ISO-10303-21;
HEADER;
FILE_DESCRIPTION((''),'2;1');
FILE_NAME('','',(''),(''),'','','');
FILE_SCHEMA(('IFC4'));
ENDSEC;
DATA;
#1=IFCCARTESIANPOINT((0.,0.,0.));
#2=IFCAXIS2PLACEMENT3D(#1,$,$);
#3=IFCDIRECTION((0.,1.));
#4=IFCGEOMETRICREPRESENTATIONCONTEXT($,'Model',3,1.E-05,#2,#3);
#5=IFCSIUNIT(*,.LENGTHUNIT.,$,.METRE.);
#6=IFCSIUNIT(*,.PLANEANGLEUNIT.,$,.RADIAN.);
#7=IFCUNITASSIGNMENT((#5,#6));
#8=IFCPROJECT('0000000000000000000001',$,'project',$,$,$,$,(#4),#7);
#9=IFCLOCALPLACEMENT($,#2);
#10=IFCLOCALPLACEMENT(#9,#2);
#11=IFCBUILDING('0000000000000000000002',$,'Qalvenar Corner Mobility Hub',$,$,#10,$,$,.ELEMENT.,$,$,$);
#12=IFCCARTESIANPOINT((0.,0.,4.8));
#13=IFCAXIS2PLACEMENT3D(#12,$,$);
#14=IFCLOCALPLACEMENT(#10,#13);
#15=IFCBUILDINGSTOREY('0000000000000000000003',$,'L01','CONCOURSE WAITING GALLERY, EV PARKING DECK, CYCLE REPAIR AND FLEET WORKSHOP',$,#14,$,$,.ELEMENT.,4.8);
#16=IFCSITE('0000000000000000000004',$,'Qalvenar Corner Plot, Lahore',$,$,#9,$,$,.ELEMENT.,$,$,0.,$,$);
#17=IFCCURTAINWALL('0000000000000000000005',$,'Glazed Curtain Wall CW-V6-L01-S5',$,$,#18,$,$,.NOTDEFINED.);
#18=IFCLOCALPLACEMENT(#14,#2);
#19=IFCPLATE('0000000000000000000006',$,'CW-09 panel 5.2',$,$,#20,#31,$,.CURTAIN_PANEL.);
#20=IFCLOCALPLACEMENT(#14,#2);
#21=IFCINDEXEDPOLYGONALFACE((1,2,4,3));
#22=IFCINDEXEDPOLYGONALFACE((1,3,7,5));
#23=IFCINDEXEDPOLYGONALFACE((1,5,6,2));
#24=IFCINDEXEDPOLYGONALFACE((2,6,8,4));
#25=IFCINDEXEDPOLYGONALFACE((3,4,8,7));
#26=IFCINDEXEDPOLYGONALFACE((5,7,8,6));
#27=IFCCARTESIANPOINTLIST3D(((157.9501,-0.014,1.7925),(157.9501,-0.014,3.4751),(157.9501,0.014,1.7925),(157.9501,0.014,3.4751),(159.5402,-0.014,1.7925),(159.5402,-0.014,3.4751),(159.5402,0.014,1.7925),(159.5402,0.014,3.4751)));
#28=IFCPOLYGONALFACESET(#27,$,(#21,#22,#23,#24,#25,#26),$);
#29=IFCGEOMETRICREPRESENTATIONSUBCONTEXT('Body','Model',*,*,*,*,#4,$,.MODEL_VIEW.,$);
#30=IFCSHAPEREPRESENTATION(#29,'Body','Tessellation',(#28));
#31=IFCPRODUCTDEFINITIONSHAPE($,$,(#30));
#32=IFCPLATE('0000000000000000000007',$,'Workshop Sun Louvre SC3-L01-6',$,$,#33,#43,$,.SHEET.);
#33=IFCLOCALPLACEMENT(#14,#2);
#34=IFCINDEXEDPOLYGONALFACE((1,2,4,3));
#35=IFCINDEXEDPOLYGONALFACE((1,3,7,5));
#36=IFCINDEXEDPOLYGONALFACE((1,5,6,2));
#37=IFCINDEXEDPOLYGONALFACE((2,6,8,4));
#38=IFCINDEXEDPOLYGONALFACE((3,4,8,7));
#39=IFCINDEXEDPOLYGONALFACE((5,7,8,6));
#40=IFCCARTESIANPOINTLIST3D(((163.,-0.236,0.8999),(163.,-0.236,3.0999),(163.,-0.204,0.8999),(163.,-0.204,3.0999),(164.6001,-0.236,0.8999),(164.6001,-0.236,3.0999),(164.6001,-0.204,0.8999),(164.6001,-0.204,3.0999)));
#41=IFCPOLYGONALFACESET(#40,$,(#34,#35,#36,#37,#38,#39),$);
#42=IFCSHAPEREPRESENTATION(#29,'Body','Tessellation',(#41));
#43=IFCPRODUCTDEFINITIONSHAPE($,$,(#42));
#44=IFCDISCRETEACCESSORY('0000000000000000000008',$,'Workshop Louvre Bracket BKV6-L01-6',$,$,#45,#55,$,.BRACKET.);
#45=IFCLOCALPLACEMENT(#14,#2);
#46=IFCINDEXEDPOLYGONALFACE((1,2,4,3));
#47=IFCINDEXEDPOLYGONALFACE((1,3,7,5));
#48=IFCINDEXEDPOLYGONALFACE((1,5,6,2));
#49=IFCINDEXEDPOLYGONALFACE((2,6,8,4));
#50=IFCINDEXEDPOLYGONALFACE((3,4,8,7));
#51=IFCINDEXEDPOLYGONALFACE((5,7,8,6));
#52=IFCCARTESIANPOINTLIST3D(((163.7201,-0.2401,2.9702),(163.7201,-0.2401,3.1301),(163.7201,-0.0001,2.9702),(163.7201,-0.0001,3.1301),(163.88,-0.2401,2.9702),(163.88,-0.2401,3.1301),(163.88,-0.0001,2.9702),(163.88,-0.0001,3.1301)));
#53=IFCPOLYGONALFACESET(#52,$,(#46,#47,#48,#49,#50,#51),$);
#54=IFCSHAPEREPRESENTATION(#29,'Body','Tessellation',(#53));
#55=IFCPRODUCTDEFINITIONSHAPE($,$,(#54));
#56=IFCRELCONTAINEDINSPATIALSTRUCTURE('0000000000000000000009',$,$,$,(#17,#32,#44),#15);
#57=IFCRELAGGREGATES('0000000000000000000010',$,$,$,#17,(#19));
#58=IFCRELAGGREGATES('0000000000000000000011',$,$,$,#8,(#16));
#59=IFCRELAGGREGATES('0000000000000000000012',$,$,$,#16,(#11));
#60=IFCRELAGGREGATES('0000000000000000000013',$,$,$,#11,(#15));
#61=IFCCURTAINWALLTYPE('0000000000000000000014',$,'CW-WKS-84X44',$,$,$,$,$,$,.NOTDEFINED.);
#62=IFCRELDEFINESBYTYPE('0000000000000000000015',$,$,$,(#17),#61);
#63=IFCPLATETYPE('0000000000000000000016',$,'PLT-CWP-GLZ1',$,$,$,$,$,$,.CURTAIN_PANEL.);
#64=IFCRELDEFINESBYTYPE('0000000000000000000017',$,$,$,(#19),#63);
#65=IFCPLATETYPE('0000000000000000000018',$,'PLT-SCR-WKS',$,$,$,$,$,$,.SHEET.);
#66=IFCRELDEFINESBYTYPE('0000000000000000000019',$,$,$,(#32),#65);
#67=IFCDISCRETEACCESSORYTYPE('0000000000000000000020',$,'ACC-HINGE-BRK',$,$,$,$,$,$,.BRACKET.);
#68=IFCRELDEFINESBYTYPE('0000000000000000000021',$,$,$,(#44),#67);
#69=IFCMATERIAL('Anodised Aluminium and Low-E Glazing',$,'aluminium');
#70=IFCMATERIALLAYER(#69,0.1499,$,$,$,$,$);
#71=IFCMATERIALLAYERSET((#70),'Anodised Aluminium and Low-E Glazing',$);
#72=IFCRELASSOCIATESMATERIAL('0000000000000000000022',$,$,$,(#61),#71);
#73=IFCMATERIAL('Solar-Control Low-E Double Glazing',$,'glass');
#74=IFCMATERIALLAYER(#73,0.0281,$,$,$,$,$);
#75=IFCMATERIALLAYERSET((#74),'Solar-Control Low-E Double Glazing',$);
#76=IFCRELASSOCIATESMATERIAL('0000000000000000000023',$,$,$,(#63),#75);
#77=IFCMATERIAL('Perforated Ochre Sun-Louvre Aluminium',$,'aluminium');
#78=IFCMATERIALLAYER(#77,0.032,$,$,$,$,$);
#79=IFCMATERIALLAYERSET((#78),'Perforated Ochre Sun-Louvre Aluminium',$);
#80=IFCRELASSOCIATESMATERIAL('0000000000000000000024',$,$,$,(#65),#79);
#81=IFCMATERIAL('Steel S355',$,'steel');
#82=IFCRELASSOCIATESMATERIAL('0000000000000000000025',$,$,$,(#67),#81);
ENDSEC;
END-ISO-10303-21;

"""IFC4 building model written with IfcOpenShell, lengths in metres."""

from ifc_helpers import new_model, si_unit, direction, frame, origin, origin_2d, place, context, subcontext, project, spatial, rectangle, extrude, material, layer, layer_set, type_object, element, aggregate, save


model = new_model("IFC4")

# Units and contexts
model_context = context("Model", 3, precision=1e-05, world=origin(), true_north=direction((0.0, 1.0)))
body_context = subcontext(model_context, "Body", "Model", "MODEL_VIEW")
ifc_project = project(units=[si_unit("LENGTHUNIT", "METRE"), si_unit("PLANEANGLEUNIT", "RADIAN")], contexts=[model_context])

# Site, building, storey
site_placement = place(None, origin())
site = spatial("IfcSite", under=ifc_project, at=site_placement, Name="Qalvenar Corner Plot, Lahore", CompositionType="ELEMENT", RefElevation=0.0)
building_placement = place(site_placement, origin())
building = spatial("IfcBuilding", under=site, at=building_placement, Name="Qalvenar Corner Mobility Hub", CompositionType="ELEMENT")
storey_placement = place(building_placement, frame((0.0, 0.0, 4.8)))
storey = spatial("IfcBuildingStorey", under=building, at=storey_placement, Name="L01", Description="CONCOURSE WAITING GALLERY, EV PARKING DECK, CYCLE REPAIR AND FLEET WORKSHOP", CompositionType="ELEMENT", Elevation=4.8)

# Curtain wall, plate
ifc_material_1 = material(Name="Anodised Aluminium and Low-E Glazing", Category="aluminium")
ifc_layer_1 = layer(ifc_material_1, 0.1499)
ifc_layer_set_1 = layer_set([ifc_layer_1], Name="Anodised Aluminium and Low-E Glazing")
curtain_wall_type = type_object("IfcCurtainWallType", Name="CW-WKS-84X44", PredefinedType="NOTDEFINED", material=ifc_layer_set_1)
curtain_wall_placement = place(storey_placement, origin())
curtain_wall = element("IfcCurtainWall", 1, at=curtain_wall_placement, inside=storey, type_object=curtain_wall_type, Name="Glazed Curtain Wall CW-V6-L01-S5", PredefinedType="NOTDEFINED")
ifc_material_2 = material(Name="Solar-Control Low-E Double Glazing", Category="glass")
ifc_layer_2 = layer(ifc_material_2, 0.0281)
ifc_layer_set_2 = layer_set([ifc_layer_2], Name="Solar-Control Low-E Double Glazing")
plate_type_1 = type_object("IfcPlateType", Name="PLT-CWP-GLZ1", PredefinedType="CURTAIN_PANEL", material=ifc_layer_set_2)
plate_1_placement = place(storey_placement, frame((158.7451, 0.0, 1.7925), z_axis=(0.0, 0.0, 1.0), x_axis=(1.0, 0.0, 0.0)))
plate_1 = element("IfcPlate", 2, at=plate_1_placement, type_object=plate_type_1, Name="CW-09 panel 5.2", PredefinedType="CURTAIN_PANEL", context=body_context, shape_type="SweptSolid", body=[
    extrude(rectangle(XDim=1.5901, YDim=0.0281, at=origin_2d()), origin(), (0.0, 0.0, 1.0), 1.6826),
])
aggregate(curtain_wall, [plate_1])

# Plate
ifc_material_3 = material(Name="Perforated Ochre Sun-Louvre Aluminium", Category="aluminium")
ifc_layer_3 = layer(ifc_material_3, 0.032)
ifc_layer_set_3 = layer_set([ifc_layer_3], Name="Perforated Ochre Sun-Louvre Aluminium")
plate_type_2 = type_object("IfcPlateType", Name="PLT-SCR-WKS", PredefinedType="SHEET", material=ifc_layer_set_3)
plate_2_placement = place(storey_placement, frame((163.8, -0.22, 0.8999), z_axis=(0.0, 0.0, 1.0), x_axis=(1.0, 0.0, 0.0)))
element("IfcPlate", 3, at=plate_2_placement, inside=storey, type_object=plate_type_2, Name="Workshop Sun Louvre SC3-L01-6", PredefinedType="SHEET", context=body_context, shape_type="SweptSolid", body=[
    extrude(rectangle(XDim=1.6001, YDim=0.032, at=origin_2d()), origin(), (0.0, 0.0, 1.0), 2.2),
])

# Discrete accessory
ifc_material_4 = material(Name="Steel S355", Category="steel")
discrete_accessory_type = type_object("IfcDiscreteAccessoryType", Name="ACC-HINGE-BRK", PredefinedType="BRACKET", material=ifc_material_4)
discrete_accessory_placement = place(storey_placement, frame((163.8, -0.1201, 2.9702), z_axis=(0.0, 0.0, 1.0), x_axis=(1.0, 0.0, 0.0)))
element("IfcDiscreteAccessory", 4, at=discrete_accessory_placement, inside=storey, type_object=discrete_accessory_type, Name="Workshop Louvre Bracket BKV6-L01-6", PredefinedType="BRACKET", context=body_context, shape_type="SweptSolid", body=[
    extrude(rectangle(XDim=0.1599, YDim=0.24, at=origin_2d()), origin(), (0.0, 0.0, 1.0), 0.1599),
])

save(model, "model.ifc")
